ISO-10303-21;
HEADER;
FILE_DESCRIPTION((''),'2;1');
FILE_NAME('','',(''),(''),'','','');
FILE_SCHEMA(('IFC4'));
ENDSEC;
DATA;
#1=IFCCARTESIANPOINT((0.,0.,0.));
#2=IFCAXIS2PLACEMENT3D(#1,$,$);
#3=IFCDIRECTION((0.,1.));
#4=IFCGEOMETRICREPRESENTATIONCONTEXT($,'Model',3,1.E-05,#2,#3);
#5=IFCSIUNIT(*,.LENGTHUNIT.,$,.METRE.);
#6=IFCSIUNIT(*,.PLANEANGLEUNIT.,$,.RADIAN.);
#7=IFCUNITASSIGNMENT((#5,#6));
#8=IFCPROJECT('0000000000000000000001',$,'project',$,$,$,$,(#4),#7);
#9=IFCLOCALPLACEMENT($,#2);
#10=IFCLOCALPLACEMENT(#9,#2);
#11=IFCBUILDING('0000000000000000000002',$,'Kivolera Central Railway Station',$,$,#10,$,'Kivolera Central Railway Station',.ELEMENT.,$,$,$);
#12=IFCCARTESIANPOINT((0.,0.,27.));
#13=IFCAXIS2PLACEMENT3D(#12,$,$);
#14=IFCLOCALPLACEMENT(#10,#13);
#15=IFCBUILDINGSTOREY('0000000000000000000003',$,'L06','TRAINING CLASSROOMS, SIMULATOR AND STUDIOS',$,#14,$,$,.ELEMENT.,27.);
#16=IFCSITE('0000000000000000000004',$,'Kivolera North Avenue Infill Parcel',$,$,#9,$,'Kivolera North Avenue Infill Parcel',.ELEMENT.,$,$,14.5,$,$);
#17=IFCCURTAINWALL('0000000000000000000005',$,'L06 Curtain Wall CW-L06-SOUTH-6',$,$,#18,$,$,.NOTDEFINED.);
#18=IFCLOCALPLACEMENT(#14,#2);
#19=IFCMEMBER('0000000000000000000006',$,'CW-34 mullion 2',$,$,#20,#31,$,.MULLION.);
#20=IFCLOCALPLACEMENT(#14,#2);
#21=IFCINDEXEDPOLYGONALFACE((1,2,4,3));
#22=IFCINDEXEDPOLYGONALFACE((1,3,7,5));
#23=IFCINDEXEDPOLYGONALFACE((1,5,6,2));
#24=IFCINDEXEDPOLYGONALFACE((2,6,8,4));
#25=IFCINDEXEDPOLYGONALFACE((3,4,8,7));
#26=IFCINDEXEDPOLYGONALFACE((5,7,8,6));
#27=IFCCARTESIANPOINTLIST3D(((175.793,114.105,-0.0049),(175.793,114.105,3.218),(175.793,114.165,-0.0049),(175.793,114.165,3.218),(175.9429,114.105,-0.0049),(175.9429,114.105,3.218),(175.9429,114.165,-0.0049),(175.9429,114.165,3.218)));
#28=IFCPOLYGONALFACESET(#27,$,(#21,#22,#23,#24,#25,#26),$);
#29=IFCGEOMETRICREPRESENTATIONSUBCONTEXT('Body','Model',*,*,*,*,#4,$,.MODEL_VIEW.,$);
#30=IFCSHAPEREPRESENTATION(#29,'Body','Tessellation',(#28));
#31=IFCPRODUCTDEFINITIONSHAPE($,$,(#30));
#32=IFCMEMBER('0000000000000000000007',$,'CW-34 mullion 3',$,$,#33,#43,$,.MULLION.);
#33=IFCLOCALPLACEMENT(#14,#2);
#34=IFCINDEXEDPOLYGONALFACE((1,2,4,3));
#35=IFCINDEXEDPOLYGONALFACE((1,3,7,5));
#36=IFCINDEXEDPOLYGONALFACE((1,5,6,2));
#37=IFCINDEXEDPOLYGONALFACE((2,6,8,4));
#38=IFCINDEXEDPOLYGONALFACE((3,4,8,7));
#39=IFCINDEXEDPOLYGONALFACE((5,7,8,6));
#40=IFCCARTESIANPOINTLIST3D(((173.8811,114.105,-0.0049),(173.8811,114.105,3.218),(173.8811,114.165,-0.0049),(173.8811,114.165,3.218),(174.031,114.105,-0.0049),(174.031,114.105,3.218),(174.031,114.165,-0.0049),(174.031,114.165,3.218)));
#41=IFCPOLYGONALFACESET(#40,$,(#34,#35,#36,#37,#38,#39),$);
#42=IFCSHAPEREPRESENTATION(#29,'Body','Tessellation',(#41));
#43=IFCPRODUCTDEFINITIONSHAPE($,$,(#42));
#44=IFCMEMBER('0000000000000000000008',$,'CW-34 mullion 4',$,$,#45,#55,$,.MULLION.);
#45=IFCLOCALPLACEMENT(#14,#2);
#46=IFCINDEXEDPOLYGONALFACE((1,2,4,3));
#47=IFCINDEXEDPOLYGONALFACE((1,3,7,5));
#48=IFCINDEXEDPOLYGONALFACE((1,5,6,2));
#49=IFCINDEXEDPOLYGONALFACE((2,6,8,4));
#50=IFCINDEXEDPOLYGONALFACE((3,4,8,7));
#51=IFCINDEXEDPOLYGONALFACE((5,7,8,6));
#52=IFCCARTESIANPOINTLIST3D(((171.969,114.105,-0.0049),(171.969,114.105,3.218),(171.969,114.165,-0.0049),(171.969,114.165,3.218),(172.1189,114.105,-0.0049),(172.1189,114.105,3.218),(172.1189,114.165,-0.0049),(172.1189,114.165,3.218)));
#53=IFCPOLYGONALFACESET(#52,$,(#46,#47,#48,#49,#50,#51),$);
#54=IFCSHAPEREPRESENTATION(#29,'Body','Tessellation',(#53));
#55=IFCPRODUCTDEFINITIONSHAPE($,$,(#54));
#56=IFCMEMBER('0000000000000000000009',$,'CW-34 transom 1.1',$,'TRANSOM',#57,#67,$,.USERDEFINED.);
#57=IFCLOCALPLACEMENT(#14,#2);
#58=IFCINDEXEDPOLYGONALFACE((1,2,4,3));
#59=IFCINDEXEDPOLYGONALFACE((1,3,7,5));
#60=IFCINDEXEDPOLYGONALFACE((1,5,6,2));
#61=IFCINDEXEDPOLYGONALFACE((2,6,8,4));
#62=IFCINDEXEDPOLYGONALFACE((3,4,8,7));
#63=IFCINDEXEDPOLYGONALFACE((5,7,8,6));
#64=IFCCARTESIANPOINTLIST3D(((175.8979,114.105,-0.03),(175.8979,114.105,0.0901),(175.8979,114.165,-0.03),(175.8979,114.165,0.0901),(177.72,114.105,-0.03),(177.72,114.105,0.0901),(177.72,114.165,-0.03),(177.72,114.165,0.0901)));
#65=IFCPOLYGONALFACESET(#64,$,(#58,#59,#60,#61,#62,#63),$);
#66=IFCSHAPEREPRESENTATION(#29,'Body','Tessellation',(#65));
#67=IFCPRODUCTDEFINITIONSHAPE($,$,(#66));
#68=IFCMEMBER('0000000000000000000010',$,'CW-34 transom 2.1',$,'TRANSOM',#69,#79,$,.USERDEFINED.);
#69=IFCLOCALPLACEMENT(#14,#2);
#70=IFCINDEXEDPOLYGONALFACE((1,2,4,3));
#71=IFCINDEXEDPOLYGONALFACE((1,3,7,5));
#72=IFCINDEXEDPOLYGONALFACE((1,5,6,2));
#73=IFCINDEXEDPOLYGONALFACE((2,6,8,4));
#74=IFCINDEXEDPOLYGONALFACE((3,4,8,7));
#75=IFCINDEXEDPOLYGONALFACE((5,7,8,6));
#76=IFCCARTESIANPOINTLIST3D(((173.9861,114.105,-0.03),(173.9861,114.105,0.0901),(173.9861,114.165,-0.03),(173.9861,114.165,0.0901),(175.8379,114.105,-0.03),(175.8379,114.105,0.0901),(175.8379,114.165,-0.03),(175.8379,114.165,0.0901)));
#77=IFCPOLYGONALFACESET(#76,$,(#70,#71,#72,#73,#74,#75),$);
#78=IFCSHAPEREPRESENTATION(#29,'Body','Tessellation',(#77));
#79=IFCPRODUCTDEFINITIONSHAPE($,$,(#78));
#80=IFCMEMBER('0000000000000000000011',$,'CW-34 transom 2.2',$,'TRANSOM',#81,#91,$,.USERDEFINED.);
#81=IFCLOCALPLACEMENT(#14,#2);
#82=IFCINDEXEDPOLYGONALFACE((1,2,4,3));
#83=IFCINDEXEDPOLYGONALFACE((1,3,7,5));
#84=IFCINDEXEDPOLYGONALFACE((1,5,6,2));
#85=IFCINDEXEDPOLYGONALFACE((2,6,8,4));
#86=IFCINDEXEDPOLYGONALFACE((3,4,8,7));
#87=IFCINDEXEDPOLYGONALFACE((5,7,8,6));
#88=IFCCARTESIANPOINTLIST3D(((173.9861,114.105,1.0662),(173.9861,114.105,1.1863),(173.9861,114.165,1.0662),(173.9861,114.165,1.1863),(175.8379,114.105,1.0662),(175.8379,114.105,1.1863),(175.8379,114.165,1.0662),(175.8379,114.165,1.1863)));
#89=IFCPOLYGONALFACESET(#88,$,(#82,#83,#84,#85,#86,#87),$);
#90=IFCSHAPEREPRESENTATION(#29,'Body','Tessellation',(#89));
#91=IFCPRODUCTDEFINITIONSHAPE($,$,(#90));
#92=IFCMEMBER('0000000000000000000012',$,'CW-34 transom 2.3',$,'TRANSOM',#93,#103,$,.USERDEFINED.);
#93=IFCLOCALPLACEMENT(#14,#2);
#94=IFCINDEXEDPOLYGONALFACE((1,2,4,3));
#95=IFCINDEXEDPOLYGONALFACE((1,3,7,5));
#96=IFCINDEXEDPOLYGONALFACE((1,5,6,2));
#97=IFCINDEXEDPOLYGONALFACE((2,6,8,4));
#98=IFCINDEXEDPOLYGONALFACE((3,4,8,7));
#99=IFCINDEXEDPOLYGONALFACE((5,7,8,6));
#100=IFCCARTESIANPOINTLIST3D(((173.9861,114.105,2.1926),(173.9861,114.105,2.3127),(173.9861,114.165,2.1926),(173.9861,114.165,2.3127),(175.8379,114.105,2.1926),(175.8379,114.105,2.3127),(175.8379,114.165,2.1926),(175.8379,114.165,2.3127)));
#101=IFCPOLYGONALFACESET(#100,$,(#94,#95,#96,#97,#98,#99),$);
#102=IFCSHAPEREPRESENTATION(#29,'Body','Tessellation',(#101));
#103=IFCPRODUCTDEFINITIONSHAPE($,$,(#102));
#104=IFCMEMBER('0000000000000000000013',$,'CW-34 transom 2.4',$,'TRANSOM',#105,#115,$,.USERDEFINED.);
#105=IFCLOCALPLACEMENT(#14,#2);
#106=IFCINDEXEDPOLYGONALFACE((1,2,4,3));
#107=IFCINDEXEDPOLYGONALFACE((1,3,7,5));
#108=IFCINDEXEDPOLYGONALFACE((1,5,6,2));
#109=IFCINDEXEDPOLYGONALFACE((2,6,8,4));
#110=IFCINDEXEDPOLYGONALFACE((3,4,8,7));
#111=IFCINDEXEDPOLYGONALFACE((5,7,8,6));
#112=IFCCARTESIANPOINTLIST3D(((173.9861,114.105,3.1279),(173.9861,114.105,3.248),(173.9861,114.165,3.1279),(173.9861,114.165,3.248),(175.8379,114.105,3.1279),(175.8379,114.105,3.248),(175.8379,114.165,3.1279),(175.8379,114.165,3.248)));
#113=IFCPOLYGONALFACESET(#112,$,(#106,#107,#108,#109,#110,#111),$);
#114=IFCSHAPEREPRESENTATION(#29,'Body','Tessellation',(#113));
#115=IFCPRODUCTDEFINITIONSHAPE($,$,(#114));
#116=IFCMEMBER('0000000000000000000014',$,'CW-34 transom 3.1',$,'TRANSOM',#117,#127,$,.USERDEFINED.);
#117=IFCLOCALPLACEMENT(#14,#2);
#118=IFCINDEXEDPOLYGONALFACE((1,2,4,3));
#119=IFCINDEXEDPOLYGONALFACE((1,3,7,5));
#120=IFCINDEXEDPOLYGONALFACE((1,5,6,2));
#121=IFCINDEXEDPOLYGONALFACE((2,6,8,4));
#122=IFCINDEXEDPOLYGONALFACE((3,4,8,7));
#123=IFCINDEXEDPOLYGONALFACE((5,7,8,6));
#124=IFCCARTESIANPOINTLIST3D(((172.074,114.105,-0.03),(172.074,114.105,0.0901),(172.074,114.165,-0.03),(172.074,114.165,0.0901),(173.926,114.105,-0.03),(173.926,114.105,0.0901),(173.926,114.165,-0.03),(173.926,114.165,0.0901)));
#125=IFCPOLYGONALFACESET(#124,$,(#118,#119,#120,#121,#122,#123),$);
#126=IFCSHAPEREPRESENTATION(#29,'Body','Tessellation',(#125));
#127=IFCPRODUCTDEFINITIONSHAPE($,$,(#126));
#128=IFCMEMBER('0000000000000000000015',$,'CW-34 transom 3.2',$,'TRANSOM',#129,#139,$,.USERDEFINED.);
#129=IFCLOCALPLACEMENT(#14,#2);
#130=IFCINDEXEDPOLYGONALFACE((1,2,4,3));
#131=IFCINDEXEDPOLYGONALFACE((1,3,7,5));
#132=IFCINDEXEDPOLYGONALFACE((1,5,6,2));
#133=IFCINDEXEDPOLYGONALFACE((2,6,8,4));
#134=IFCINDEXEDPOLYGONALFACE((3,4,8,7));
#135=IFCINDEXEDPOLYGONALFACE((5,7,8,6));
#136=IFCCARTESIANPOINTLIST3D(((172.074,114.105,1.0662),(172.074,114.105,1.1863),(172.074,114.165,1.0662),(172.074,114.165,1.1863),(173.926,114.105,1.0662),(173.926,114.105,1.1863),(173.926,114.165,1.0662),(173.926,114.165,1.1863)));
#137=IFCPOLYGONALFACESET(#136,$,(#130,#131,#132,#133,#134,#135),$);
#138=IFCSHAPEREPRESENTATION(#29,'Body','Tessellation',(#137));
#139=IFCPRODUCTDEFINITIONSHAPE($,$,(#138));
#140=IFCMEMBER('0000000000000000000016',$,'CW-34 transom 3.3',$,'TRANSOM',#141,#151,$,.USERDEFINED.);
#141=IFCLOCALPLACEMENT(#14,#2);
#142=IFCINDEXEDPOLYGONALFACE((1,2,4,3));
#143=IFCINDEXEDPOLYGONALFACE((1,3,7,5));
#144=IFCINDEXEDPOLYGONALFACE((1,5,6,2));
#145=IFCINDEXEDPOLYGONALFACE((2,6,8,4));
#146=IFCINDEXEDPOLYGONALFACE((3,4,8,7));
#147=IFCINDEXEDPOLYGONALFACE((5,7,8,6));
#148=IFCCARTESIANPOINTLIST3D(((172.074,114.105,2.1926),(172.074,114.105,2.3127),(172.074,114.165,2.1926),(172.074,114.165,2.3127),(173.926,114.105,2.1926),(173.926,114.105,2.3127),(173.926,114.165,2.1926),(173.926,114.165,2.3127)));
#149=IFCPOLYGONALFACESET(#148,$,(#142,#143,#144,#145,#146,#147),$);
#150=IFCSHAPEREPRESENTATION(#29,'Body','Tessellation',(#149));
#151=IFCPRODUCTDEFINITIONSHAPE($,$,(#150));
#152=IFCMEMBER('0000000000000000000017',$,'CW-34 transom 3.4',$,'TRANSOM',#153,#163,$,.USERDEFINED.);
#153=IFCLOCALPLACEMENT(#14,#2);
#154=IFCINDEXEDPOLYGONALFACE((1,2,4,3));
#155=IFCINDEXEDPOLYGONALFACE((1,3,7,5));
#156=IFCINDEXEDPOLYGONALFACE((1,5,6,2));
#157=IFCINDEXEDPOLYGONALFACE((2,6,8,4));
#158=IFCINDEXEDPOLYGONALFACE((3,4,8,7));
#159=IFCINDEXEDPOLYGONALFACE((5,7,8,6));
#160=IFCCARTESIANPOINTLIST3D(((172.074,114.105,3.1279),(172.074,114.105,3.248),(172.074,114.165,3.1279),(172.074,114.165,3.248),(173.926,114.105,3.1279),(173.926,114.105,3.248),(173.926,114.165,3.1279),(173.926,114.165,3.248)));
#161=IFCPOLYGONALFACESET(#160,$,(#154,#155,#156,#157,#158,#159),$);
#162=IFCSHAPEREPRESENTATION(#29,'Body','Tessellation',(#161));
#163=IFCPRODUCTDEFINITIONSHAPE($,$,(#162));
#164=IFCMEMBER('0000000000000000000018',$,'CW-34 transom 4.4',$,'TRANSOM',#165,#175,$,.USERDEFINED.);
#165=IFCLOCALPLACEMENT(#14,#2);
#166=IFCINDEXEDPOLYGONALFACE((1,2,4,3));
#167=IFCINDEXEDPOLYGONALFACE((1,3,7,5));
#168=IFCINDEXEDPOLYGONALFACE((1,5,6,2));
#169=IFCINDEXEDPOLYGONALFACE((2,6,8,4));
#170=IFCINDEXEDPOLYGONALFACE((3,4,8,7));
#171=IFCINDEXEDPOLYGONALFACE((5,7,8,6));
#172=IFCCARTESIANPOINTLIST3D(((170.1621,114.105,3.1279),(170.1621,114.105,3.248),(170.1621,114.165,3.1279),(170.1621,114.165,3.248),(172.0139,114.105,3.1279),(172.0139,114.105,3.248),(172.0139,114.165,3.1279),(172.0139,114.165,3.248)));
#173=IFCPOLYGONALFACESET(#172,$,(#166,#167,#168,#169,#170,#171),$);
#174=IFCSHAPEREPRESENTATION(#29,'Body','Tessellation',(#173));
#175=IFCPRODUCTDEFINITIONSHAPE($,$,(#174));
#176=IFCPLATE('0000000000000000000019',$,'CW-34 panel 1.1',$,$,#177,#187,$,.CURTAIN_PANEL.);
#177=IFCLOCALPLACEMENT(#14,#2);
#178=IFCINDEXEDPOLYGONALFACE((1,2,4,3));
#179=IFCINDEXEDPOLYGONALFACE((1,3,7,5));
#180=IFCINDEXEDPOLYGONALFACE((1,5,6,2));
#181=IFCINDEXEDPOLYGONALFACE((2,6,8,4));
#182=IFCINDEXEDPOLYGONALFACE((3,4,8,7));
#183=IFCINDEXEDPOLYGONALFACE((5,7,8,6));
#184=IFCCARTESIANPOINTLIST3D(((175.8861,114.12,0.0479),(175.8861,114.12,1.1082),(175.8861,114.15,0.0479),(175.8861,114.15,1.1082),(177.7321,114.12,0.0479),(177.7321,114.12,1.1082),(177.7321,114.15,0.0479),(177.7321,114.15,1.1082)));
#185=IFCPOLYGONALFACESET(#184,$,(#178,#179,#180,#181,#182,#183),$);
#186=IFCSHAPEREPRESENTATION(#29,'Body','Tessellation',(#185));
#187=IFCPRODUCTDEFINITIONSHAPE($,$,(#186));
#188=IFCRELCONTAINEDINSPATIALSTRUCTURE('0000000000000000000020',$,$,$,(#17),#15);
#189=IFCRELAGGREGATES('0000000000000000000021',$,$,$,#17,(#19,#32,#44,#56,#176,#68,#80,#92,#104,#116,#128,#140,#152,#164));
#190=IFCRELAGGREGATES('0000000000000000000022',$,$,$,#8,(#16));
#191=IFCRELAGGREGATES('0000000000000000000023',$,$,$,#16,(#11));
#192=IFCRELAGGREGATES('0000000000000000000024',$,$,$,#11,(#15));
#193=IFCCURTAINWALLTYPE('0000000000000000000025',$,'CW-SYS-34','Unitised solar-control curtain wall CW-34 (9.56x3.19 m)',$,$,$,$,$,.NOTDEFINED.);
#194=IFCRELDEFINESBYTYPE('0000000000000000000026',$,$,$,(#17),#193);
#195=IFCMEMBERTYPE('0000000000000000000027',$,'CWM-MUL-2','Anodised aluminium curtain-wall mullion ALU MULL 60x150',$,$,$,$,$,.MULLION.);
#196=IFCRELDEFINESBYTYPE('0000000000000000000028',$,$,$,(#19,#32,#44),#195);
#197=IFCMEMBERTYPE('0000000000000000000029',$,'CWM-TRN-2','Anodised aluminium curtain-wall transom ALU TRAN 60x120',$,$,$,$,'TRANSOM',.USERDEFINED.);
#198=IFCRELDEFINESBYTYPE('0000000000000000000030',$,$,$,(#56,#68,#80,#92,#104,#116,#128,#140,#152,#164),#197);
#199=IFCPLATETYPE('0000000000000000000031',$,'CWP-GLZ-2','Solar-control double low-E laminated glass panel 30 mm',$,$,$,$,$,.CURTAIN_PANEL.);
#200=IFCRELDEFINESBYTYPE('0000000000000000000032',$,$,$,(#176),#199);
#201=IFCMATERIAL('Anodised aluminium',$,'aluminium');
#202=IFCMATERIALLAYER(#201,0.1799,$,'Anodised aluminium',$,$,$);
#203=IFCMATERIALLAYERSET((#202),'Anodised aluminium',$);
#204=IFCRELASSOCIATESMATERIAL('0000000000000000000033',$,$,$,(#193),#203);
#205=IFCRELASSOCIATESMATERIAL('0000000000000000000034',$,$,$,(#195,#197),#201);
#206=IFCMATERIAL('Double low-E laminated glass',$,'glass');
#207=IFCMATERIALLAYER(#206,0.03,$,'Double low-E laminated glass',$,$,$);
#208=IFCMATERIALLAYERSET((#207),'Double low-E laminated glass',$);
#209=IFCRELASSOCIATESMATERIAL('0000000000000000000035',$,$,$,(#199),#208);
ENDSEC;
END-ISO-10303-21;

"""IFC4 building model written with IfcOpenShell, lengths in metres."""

from ifc_helpers import new_model, si_unit, direction, frame, origin, origin_2d, place, context, subcontext, project, spatial, rectangle, extrude, material, layer, layer_set, material_profile, profile_set, type_object, element, aggregate, save


model = new_model("IFC4")

# Units and contexts
model_context = context("Model", 3, precision=1e-05, world=origin(), true_north=direction((0.0, 1.0)))
body_context = subcontext(model_context, "Body", "Model", "MODEL_VIEW")
ifc_project = project(units=[si_unit("LENGTHUNIT", "METRE"), si_unit("PLANEANGLEUNIT", "RADIAN")], contexts=[model_context])

# Site, building, storey
site_placement = place(None, origin())
site = spatial("IfcSite", under=ifc_project, at=site_placement, Name="Kivolera North Avenue Infill Parcel", LongName="Kivolera North Avenue Infill Parcel", CompositionType="ELEMENT", RefElevation=14.5)
building_placement = place(site_placement, origin())
building = spatial("IfcBuilding", under=site, at=building_placement, Name="Kivolera Central Railway Station", LongName="Kivolera Central Railway Station", CompositionType="ELEMENT")
storey_placement = place(building_placement, frame((0.0, 0.0, 27.0)))
storey = spatial("IfcBuildingStorey", under=building, at=storey_placement, Name="L06", Description="TRAINING CLASSROOMS, SIMULATOR AND STUDIOS", CompositionType="ELEMENT", Elevation=27.0)

# Curtain wall, members, plate
ifc_material_1 = material(Name="Anodised aluminium", Category="aluminium")
ifc_layer_1 = layer(ifc_material_1, 0.1799, Name="Anodised aluminium")
ifc_layer_set_1 = layer_set([ifc_layer_1], Name="Anodised aluminium")
curtain_wall_type = type_object("IfcCurtainWallType", Name="CW-SYS-34", Description="Unitised solar-control curtain wall CW-34 (9.56x3.19 m)", PredefinedType="NOTDEFINED", material=ifc_layer_set_1)
curtain_wall_placement = place(storey_placement, origin())
curtain_wall = element("IfcCurtainWall", 1, at=curtain_wall_placement, inside=storey, type_object=curtain_wall_type, Name="L06 Curtain Wall CW-L06-SOUTH-6", PredefinedType="NOTDEFINED")
ifc_material_profile_1 = material_profile(ifc_material_1, rectangle(XDim=0.0601, YDim=0.1499, at=origin_2d()), Name="ALU MULL 60x150")
ifc_profile_set_1 = profile_set([ifc_material_profile_1], Name="Anodised aluminium")
member_type_1 = type_object("IfcMemberType", Name="CWM-MUL-2", Description="Anodised aluminium curtain-wall mullion ALU MULL 60x150", PredefinedType="MULLION", material=ifc_profile_set_1)
member_1_placement = place(storey_placement, frame((175.8679, 114.135, -0.0049), z_axis=(0.0, 0.0, 1.0), x_axis=(0.0, -1.0, 0.0)))
member_1 = element("IfcMember", 2, at=member_1_placement, type_object=member_type_1, Name="CW-34 mullion 2", PredefinedType="MULLION", context=body_context, shape_type="SweptSolid", body=[
    extrude(rectangle(XDim=0.0601, YDim=0.1499, at=origin_2d()), origin(), (0.0, 0.0, 1.0), 3.2229),
])
member_2_placement = place(storey_placement, frame((173.9561, 114.135, -0.0049), z_axis=(0.0, 0.0, 1.0), x_axis=(0.0, -1.0, 0.0)))
member_2 = element("IfcMember", 3, at=member_2_placement, type_object=member_type_1, Name="CW-34 mullion 3", PredefinedType="MULLION", context=body_context, shape_type="SweptSolid", body=[
    extrude(rectangle(XDim=0.0601, YDim=0.1499, at=origin_2d()), origin(), (0.0, 0.0, 1.0), 3.2229),
])
member_3_placement = place(storey_placement, frame((172.0439, 114.135, -0.0049), z_axis=(0.0, 0.0, 1.0), x_axis=(0.0, -1.0, 0.0)))
member_3 = element("IfcMember", 4, at=member_3_placement, type_object=member_type_1, Name="CW-34 mullion 4", PredefinedType="MULLION", context=body_context, shape_type="SweptSolid", body=[
    extrude(rectangle(XDim=0.0601, YDim=0.1499, at=origin_2d()), origin(), (0.0, 0.0, 1.0), 3.2229),
])
ifc_material_profile_2 = material_profile(ifc_material_1, rectangle(XDim=0.0601, YDim=0.1201, at=origin_2d()), Name="ALU TRAN 60x120")
ifc_profile_set_2 = profile_set([ifc_material_profile_2], Name="Anodised aluminium")
member_type_2 = type_object("IfcMemberType", Name="CWM-TRN-2", Description="Anodised aluminium curtain-wall transom ALU TRAN 60x120", ElementType="TRANSOM", PredefinedType="USERDEFINED", material=ifc_profile_set_2)
member_4_placement = place(storey_placement, frame((177.72, 114.135, 0.03), z_axis=(-1.0, 0.0, 0.0), x_axis=(0.0, -1.0, 0.0)))
member_4 = element("IfcMember", 5, at=member_4_placement, type_object=member_type_2, Name="CW-34 transom 1.1", ObjectType="TRANSOM", PredefinedType="USERDEFINED", context=body_context, shape_type="SweptSolid", body=[
    extrude(rectangle(XDim=0.0601, YDim=0.1201, at=origin_2d()), origin(), (0.0, 0.0, 1.0), 1.822),
])
member_5_placement = place(storey_placement, frame((175.8379, 114.135, 0.03), z_axis=(-1.0, 0.0, 0.0), x_axis=(0.0, -1.0, 0.0)))
member_5 = element("IfcMember", 6, at=member_5_placement, type_object=member_type_2, Name="CW-34 transom 2.1", ObjectType="TRANSOM", PredefinedType="USERDEFINED", context=body_context, shape_type="SweptSolid", body=[
    extrude(rectangle(XDim=0.0601, YDim=0.1201, at=origin_2d()), origin(), (0.0, 0.0, 1.0), 1.8518),
])
member_6_placement = place(storey_placement, frame((175.8379, 114.135, 1.1262), z_axis=(-1.0, 0.0, 0.0), x_axis=(0.0, -1.0, 0.0)))
member_6 = element("IfcMember", 7, at=member_6_placement, type_object=member_type_2, Name="CW-34 transom 2.2", ObjectType="TRANSOM", PredefinedType="USERDEFINED", context=body_context, shape_type="SweptSolid", body=[
    extrude(rectangle(XDim=0.0601, YDim=0.1201, at=origin_2d()), origin(), (0.0, 0.0, 1.0), 1.8518),
])
member_7_placement = place(storey_placement, frame((175.8379, 114.135, 2.2527), z_axis=(-1.0, 0.0, 0.0), x_axis=(0.0, -1.0, 0.0)))
member_7 = element("IfcMember", 8, at=member_7_placement, type_object=member_type_2, Name="CW-34 transom 2.3", ObjectType="TRANSOM", PredefinedType="USERDEFINED", context=body_context, shape_type="SweptSolid", body=[
    extrude(rectangle(XDim=0.0601, YDim=0.1201, at=origin_2d()), origin(), (0.0, 0.0, 1.0), 1.8518),
])
member_8_placement = place(storey_placement, frame((175.8379, 114.135, 3.188), z_axis=(-1.0, 0.0, 0.0), x_axis=(0.0, -1.0, 0.0)))
member_8 = element("IfcMember", 9, at=member_8_placement, type_object=member_type_2, Name="CW-34 transom 2.4", ObjectType="TRANSOM", PredefinedType="USERDEFINED", context=body_context, shape_type="SweptSolid", body=[
    extrude(rectangle(XDim=0.0601, YDim=0.1201, at=origin_2d()), origin(), (0.0, 0.0, 1.0), 1.8518),
])
member_9_placement = place(storey_placement, frame((173.926, 114.135, 0.03), z_axis=(-1.0, 0.0, 0.0), x_axis=(0.0, -1.0, 0.0)))
member_9 = element("IfcMember", 10, at=member_9_placement, type_object=member_type_2, Name="CW-34 transom 3.1", ObjectType="TRANSOM", PredefinedType="USERDEFINED", context=body_context, shape_type="SweptSolid", body=[
    extrude(rectangle(XDim=0.0601, YDim=0.1201, at=origin_2d()), origin(), (0.0, 0.0, 1.0), 1.8521),
])
member_10_placement = place(storey_placement, frame((173.926, 114.135, 1.1262), z_axis=(-1.0, 0.0, 0.0), x_axis=(0.0, -1.0, 0.0)))
member_10 = element("IfcMember", 11, at=member_10_placement, type_object=member_type_2, Name="CW-34 transom 3.2", ObjectType="TRANSOM", PredefinedType="USERDEFINED", context=body_context, shape_type="SweptSolid", body=[
    extrude(rectangle(XDim=0.0601, YDim=0.1201, at=origin_2d()), origin(), (0.0, 0.0, 1.0), 1.8521),
])
member_11_placement = place(storey_placement, frame((173.926, 114.135, 2.2527), z_axis=(-1.0, 0.0, 0.0), x_axis=(0.0, -1.0, 0.0)))
member_11 = element("IfcMember", 12, at=member_11_placement, type_object=member_type_2, Name="CW-34 transom 3.3", ObjectType="TRANSOM", PredefinedType="USERDEFINED", context=body_context, shape_type="SweptSolid", body=[
    extrude(rectangle(XDim=0.0601, YDim=0.1201, at=origin_2d()), origin(), (0.0, 0.0, 1.0), 1.8521),
])
member_12_placement = place(storey_placement, frame((173.926, 114.135, 3.188), z_axis=(-1.0, 0.0, 0.0), x_axis=(0.0, -1.0, 0.0)))
member_12 = element("IfcMember", 13, at=member_12_placement, type_object=member_type_2, Name="CW-34 transom 3.4", ObjectType="TRANSOM", PredefinedType="USERDEFINED", context=body_context, shape_type="SweptSolid", body=[
    extrude(rectangle(XDim=0.0601, YDim=0.1201, at=origin_2d()), origin(), (0.0, 0.0, 1.0), 1.8521),
])
member_13_placement = place(storey_placement, frame((172.0139, 114.135, 3.188), z_axis=(-1.0, 0.0, 0.0), x_axis=(0.0, -1.0, 0.0)))
member_13 = element("IfcMember", 14, at=member_13_placement, type_object=member_type_2, Name="CW-34 transom 4.4", ObjectType="TRANSOM", PredefinedType="USERDEFINED", context=body_context, shape_type="SweptSolid", body=[
    extrude(rectangle(XDim=0.0601, YDim=0.1201, at=origin_2d()), origin(), (0.0, 0.0, 1.0), 1.8518),
])
ifc_material_2 = material(Name="Double low-E laminated glass", Category="glass")
ifc_layer_2 = layer(ifc_material_2, 0.03, Name="Double low-E laminated glass")
ifc_layer_set_2 = layer_set([ifc_layer_2], Name="Double low-E laminated glass")
plate_type = type_object("IfcPlateType", Name="CWP-GLZ-2", Description="Solar-control double low-E laminated glass panel 30 mm", PredefinedType="CURTAIN_PANEL", material=ifc_layer_set_2)
plate_1_placement = place(storey_placement, frame((176.8091, 114.135, 0.0479), z_axis=(0.0, 0.0, 1.0), x_axis=(-1.0, 0.0, 0.0)))
plate_1 = element("IfcPlate", 15, at=plate_1_placement, type_object=plate_type, Name="CW-34 panel 1.1", PredefinedType="CURTAIN_PANEL", context=body_context, shape_type="SweptSolid", body=[
    extrude(rectangle(XDim=1.8459, YDim=0.03, at=origin_2d()), origin(), (0.0, 0.0, 1.0), 1.0603),
])
aggregate(curtain_wall, [member_1, member_2, member_3, member_4, plate_1, member_5, member_6, member_7, member_8, member_9, member_10, member_11, member_12, member_13])

save(model, "model.ifc")
